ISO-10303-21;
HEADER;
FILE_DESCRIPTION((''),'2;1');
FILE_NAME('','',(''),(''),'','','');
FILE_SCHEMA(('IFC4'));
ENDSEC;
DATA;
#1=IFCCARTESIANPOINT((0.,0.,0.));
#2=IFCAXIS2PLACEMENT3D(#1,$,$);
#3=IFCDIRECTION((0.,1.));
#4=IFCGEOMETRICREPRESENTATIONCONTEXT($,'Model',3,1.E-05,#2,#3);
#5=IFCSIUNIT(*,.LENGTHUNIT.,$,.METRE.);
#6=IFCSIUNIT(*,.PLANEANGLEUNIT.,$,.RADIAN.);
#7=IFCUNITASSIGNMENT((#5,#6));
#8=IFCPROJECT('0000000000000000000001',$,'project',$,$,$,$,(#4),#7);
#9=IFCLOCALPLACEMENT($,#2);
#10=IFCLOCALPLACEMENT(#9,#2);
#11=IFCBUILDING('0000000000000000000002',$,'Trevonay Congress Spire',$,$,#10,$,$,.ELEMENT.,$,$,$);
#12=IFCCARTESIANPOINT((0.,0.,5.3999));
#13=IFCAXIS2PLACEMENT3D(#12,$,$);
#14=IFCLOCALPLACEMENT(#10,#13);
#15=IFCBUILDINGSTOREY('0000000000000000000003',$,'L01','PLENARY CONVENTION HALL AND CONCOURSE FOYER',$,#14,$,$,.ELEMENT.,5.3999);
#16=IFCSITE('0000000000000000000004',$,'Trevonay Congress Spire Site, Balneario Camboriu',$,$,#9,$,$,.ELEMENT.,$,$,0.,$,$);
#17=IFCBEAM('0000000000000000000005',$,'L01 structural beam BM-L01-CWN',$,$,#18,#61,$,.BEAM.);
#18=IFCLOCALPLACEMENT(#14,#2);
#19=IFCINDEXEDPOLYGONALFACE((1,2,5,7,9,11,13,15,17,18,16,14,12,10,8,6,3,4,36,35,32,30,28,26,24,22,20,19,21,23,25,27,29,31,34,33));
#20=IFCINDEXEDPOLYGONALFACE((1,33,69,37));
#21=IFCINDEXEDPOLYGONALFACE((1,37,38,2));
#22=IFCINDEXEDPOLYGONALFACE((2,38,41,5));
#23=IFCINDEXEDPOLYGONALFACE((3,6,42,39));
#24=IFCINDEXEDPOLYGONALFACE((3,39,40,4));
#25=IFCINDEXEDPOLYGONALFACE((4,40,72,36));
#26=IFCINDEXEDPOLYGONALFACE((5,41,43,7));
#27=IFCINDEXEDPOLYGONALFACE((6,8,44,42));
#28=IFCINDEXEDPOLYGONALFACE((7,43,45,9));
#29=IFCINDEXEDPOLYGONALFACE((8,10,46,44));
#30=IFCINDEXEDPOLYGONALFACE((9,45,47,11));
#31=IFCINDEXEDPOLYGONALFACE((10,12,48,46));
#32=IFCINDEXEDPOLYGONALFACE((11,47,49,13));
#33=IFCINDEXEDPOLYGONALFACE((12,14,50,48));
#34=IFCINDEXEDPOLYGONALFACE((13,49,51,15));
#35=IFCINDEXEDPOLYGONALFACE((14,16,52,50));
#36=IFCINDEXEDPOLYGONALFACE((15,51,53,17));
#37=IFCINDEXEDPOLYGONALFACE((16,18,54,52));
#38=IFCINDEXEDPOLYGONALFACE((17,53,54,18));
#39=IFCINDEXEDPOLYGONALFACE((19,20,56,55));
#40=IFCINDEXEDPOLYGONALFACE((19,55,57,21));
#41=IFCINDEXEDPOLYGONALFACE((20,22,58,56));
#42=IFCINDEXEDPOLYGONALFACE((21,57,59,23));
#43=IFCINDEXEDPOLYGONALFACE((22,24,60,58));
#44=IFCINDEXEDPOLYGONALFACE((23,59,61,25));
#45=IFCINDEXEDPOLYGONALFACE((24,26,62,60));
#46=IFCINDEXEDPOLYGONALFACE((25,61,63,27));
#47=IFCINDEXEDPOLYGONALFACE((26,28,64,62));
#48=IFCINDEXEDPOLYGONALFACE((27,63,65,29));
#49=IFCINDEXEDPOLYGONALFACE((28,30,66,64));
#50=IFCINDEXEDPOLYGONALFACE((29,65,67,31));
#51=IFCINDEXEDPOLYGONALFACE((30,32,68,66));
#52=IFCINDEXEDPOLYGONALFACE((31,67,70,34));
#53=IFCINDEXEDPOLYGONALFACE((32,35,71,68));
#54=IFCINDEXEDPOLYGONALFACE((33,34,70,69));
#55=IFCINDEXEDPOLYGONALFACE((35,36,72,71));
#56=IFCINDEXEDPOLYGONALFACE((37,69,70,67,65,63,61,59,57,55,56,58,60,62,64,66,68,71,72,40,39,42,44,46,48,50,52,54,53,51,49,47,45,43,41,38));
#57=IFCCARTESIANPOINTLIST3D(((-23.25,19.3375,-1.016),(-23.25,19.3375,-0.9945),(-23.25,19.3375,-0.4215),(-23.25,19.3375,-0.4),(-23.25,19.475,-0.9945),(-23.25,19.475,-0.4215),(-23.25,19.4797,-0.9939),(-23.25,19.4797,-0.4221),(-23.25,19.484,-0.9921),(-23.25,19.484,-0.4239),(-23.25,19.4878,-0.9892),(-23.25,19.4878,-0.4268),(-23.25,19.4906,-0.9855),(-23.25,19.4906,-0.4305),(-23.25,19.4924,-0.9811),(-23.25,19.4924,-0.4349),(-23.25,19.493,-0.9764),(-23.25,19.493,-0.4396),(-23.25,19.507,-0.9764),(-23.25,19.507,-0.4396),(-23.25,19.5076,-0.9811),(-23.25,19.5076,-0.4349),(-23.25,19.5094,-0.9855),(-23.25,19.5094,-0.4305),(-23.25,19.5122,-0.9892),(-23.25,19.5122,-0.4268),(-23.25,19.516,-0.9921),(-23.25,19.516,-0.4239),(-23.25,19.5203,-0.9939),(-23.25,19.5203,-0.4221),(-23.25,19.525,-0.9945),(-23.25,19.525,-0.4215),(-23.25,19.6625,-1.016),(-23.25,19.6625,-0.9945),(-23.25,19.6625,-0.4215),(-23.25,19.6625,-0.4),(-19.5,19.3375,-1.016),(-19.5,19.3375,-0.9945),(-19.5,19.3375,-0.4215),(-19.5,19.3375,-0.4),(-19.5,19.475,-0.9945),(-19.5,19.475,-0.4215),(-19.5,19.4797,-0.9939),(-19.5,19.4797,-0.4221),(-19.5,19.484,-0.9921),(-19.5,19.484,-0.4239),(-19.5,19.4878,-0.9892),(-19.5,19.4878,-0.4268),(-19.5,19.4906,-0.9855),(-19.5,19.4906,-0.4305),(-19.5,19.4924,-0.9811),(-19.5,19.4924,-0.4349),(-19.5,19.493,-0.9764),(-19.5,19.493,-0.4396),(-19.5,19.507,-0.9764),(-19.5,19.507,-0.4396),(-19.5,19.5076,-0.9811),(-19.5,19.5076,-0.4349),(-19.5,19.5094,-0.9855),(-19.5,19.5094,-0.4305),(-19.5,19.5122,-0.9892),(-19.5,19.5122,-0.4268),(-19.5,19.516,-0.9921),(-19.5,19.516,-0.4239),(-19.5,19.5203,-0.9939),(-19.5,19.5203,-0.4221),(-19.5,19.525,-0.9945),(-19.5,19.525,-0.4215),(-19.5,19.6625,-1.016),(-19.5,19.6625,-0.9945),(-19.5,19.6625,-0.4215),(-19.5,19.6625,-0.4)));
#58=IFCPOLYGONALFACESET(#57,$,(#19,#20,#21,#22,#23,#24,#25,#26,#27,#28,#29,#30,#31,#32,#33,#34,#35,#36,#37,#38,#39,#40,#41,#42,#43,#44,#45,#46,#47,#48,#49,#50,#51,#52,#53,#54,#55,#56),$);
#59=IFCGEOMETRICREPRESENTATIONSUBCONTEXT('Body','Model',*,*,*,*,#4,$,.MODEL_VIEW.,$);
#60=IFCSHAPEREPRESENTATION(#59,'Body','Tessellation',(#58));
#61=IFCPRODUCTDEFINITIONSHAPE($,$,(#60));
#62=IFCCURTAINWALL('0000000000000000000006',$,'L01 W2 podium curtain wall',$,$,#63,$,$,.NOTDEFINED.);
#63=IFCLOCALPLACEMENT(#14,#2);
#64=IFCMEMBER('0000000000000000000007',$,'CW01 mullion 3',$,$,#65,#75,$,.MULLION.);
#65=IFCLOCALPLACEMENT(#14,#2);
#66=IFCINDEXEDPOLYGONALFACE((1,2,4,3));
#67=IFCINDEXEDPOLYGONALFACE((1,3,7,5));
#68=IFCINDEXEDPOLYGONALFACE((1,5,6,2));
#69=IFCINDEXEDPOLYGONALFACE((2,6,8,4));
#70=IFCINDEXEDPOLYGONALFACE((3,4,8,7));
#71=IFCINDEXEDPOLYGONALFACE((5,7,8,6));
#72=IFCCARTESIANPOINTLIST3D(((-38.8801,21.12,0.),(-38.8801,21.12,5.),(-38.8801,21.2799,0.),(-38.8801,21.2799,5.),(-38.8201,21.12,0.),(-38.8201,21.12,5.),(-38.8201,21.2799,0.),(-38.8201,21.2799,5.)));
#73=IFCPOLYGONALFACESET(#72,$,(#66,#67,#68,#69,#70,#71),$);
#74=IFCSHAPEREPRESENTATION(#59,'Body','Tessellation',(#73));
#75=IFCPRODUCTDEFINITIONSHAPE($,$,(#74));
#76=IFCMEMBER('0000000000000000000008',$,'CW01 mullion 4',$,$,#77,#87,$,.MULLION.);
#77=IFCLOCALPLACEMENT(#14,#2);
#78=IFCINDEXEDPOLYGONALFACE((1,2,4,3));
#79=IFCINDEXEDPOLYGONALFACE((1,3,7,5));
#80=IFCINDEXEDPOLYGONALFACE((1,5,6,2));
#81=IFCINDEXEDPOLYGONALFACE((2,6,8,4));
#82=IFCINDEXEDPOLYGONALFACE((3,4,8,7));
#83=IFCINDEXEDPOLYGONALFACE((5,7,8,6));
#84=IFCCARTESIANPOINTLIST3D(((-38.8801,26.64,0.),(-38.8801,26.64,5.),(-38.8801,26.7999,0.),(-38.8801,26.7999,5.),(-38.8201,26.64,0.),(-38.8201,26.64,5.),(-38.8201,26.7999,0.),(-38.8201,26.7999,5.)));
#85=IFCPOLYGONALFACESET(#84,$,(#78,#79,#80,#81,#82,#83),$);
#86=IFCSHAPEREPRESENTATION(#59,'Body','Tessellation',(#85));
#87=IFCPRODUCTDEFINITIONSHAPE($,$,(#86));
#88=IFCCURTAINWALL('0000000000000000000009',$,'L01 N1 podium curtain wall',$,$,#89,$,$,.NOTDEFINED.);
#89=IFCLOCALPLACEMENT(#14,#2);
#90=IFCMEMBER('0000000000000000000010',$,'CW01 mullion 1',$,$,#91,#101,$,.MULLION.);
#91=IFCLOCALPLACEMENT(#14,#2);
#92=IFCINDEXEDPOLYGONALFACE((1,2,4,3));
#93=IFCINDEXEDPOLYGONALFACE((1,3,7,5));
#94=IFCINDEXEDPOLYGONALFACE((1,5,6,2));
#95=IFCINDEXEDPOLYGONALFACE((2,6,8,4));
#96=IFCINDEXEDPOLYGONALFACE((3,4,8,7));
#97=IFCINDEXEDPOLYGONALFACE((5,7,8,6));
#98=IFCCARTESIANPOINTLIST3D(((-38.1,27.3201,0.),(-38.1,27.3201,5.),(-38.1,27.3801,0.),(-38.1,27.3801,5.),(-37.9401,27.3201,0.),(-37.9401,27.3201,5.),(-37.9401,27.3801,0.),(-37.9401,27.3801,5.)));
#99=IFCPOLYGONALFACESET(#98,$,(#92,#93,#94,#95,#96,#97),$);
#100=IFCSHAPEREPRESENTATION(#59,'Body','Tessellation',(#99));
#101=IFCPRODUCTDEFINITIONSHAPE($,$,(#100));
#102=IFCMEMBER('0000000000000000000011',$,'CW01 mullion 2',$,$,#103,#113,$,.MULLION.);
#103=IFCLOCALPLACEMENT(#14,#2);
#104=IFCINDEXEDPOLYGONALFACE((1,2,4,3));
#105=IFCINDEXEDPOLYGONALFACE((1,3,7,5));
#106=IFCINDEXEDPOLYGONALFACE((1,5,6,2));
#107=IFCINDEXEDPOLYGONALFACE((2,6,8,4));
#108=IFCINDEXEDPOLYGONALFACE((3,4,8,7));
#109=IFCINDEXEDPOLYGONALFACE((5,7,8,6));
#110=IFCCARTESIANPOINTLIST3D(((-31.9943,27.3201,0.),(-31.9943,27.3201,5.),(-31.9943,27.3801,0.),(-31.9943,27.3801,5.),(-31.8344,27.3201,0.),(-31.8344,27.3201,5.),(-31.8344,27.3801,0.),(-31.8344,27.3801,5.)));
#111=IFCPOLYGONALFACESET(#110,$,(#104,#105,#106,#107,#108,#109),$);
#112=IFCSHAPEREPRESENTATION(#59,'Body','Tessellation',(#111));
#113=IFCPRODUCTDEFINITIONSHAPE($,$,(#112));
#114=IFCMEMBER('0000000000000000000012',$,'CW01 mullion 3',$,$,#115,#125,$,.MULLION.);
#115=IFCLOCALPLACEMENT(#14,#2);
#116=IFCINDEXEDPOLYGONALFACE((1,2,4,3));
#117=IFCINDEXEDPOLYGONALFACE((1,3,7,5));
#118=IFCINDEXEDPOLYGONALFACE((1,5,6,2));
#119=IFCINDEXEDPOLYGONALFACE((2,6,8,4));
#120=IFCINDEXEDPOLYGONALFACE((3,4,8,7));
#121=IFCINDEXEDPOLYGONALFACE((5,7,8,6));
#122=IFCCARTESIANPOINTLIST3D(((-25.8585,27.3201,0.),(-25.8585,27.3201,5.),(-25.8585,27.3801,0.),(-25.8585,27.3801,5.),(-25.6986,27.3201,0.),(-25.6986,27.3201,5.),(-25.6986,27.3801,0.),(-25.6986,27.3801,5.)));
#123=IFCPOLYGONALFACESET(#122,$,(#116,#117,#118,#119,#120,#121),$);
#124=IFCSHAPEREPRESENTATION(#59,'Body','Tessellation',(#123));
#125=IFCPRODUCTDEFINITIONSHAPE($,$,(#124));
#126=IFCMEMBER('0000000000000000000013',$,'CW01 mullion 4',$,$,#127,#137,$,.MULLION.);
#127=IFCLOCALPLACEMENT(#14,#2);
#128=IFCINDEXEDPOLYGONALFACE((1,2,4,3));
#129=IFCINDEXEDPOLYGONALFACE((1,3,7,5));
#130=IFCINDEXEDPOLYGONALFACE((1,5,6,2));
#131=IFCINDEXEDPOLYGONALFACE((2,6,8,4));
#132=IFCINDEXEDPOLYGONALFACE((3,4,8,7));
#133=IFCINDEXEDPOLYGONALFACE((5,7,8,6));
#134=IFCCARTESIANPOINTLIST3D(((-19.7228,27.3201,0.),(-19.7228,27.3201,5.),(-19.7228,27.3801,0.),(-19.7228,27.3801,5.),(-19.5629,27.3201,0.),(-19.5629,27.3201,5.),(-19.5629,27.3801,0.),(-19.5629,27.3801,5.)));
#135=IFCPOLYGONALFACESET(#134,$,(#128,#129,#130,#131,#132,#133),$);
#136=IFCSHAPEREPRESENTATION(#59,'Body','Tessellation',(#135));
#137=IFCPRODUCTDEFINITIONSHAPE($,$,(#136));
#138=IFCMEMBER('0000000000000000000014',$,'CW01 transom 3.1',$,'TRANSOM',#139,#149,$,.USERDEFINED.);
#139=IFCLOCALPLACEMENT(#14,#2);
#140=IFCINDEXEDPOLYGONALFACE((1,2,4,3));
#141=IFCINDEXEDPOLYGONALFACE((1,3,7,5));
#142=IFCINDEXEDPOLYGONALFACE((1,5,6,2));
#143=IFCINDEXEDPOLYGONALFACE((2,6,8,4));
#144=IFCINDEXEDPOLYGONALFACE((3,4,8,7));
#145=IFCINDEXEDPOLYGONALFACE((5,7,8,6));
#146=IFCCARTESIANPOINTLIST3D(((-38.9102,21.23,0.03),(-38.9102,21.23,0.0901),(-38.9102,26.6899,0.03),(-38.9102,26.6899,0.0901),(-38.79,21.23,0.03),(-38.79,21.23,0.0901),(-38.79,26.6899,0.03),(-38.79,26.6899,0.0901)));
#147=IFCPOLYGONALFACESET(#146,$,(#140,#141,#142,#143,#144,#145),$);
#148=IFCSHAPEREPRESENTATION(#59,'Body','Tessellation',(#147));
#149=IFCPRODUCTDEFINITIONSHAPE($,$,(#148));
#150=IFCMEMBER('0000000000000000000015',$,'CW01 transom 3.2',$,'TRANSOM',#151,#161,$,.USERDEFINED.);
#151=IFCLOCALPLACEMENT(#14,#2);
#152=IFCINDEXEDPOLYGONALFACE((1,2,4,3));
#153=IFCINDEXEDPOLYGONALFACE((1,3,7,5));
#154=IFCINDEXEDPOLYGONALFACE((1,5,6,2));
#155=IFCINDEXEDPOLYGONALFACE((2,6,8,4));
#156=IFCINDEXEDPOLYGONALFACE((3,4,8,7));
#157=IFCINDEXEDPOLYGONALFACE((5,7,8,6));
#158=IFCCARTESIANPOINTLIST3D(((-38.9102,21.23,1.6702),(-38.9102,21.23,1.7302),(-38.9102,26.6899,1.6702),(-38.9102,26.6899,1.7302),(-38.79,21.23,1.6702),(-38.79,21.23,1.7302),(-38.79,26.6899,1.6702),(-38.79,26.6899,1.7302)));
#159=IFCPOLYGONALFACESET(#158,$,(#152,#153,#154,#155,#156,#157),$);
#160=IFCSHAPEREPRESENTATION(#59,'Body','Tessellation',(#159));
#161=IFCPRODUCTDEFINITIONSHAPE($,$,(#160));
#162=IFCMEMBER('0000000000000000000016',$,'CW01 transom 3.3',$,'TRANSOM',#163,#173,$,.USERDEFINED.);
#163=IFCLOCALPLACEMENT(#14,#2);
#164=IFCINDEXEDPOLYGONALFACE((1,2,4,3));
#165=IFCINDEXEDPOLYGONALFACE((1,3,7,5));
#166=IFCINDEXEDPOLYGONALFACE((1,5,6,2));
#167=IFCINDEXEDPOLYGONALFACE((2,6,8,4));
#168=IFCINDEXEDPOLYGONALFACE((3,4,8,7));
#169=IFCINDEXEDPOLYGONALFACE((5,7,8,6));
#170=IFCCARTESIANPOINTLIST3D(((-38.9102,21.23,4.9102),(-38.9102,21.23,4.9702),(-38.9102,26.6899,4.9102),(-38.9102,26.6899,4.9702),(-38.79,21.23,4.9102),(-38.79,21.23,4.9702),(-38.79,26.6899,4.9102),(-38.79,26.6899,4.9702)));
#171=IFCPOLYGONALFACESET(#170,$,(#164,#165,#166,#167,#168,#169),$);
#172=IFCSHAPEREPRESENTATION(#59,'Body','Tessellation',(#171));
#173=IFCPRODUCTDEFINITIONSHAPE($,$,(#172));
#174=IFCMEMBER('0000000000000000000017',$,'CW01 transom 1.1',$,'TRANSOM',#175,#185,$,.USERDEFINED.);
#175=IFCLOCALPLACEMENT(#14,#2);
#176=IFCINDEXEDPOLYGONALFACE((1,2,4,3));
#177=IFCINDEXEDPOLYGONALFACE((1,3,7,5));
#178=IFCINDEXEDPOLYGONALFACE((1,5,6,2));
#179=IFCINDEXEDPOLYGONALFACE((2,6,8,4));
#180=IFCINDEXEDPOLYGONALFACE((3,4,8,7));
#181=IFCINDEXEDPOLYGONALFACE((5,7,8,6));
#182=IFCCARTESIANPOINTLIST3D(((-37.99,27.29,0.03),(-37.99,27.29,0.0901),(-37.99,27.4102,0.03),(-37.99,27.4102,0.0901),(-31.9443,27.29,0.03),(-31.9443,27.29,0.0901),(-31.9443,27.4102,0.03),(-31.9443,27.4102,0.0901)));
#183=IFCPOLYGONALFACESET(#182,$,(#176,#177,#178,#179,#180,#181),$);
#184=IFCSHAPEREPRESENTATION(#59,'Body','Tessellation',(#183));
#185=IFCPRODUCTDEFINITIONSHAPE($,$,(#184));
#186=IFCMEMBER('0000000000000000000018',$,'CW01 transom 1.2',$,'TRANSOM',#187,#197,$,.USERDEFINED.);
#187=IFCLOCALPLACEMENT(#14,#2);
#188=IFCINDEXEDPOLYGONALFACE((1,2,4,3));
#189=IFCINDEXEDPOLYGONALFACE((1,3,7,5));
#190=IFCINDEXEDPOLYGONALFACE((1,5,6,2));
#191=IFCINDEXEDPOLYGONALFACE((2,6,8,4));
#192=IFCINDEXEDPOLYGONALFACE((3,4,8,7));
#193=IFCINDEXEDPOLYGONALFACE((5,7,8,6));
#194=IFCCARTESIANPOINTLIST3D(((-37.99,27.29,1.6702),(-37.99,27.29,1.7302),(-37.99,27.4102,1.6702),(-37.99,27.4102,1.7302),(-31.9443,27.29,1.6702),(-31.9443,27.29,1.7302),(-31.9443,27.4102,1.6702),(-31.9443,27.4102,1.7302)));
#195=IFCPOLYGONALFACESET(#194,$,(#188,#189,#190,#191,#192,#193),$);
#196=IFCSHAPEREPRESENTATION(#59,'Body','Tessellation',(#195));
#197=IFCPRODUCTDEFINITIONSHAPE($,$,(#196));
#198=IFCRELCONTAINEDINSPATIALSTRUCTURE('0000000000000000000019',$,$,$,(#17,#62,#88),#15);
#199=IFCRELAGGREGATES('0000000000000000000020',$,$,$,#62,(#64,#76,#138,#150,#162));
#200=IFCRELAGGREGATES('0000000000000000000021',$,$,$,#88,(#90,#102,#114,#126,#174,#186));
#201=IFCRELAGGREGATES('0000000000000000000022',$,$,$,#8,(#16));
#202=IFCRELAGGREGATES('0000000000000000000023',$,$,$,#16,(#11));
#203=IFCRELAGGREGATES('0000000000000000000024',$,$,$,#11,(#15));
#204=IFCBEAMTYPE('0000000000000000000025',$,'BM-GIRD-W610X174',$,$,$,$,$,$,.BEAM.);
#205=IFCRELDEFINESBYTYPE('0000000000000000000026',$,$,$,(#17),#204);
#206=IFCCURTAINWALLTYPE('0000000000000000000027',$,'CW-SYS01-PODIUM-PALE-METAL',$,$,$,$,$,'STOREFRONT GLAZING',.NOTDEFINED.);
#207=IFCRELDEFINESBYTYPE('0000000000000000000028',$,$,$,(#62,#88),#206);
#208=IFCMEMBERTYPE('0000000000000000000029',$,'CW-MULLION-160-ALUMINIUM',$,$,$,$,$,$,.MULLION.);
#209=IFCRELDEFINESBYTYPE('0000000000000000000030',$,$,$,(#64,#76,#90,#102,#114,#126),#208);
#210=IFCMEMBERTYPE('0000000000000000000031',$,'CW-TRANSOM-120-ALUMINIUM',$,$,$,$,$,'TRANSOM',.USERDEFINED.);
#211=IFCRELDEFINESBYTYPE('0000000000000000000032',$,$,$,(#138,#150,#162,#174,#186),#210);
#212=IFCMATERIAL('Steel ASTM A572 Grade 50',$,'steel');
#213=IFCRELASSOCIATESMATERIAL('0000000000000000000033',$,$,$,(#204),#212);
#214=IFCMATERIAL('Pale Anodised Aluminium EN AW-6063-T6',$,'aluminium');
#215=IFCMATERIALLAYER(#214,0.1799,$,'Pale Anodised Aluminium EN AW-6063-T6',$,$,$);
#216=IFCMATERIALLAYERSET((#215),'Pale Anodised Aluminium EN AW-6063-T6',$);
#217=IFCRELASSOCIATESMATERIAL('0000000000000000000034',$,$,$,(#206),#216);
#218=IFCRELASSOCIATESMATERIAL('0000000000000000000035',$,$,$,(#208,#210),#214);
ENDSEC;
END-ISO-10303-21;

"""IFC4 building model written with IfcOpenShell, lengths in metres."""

from ifc_helpers import new_model, si_unit, direction, frame, origin, origin_2d, place, context, subcontext, project, spatial, rectangle, i_section, extrude, material, layer, layer_set, material_profile, profile_set, type_object, element, aggregate, save


model = new_model("IFC4")

# Units and contexts
model_context = context("Model", 3, precision=1e-05, world=origin(), true_north=direction((0.0, 1.0)))
body_context = subcontext(model_context, "Body", "Model", "MODEL_VIEW")
ifc_project = project(units=[si_unit("LENGTHUNIT", "METRE"), si_unit("PLANEANGLEUNIT", "RADIAN")], contexts=[model_context])

# Site, building, storey
site_placement = place(None, origin())
site = spatial("IfcSite", under=ifc_project, at=site_placement, Name="Trevonay Congress Spire Site, Balneario Camboriu", CompositionType="ELEMENT", RefElevation=0.0)
building_placement = place(site_placement, origin())
building = spatial("IfcBuilding", under=site, at=building_placement, Name="Trevonay Congress Spire", CompositionType="ELEMENT")
storey_placement = place(building_placement, frame((0.0, 0.0, 5.3999)))
storey = spatial("IfcBuildingStorey", under=building, at=storey_placement, Name="L01", Description="PLENARY CONVENTION HALL AND CONCOURSE FOYER", CompositionType="ELEMENT", Elevation=5.3999)

# Beam
ifc_material_1 = material(Name="Steel ASTM A572 Grade 50", Category="steel")
ifc_material_profile_1 = material_profile(ifc_material_1, i_section(OverallWidth=0.325, OverallDepth=0.616, WebThickness=0.0139, FlangeThickness=0.0215, FilletRadius=0.0181, at=origin_2d()), Name="W610x174")
ifc_profile_set_1 = profile_set([ifc_material_profile_1], Name="Steel ASTM A572 Grade 50")
beam_type = type_object("IfcBeamType", Name="BM-GIRD-W610X174", PredefinedType="BEAM", material=ifc_profile_set_1)
beam_placement = place(storey_placement, frame((-23.25, 19.5, -0.708), z_axis=(1.0, 0.0, 0.0), x_axis=(0.0, 1.0, 0.0)))
element("IfcBeam", 1, at=beam_placement, inside=storey, type_object=beam_type, Name="L01 structural beam BM-L01-CWN", PredefinedType="BEAM", context=body_context, shape_type="SweptSolid", body=[
    extrude(i_section(OverallWidth=0.325, OverallDepth=0.616, WebThickness=0.0139, FlangeThickness=0.0215, FilletRadius=0.0181, at=origin_2d()), origin(), (0.0, 0.0, 1.0), 3.75),
])

# Curtain walls, members
ifc_material_2 = material(Name="Pale Anodised Aluminium EN AW-6063-T6", Category="aluminium")
ifc_layer_1 = layer(ifc_material_2, 0.1799, Name="Pale Anodised Aluminium EN AW-6063-T6")
ifc_layer_set_1 = layer_set([ifc_layer_1], Name="Pale Anodised Aluminium EN AW-6063-T6")
curtain_wall_type = type_object("IfcCurtainWallType", Name="CW-SYS01-PODIUM-PALE-METAL", ElementType="STOREFRONT GLAZING", PredefinedType="NOTDEFINED", material=ifc_layer_set_1)
curtain_wall_1_placement = place(storey_placement, origin())
curtain_wall_1 = element("IfcCurtainWall", 2, at=curtain_wall_1_placement, inside=storey, type_object=curtain_wall_type, Name="L01 W2 podium curtain wall", PredefinedType="NOTDEFINED")
ifc_material_profile_2 = material_profile(ifc_material_2, rectangle(XDim=0.0601, YDim=0.1599, at=origin_2d()), Name="CW-MULLION-160-ALUMINIUM")
ifc_profile_set_2 = profile_set([ifc_material_profile_2], Name="Pale Anodised Aluminium EN AW-6063-T6")
member_type_1 = type_object("IfcMemberType", Name="CW-MULLION-160-ALUMINIUM", PredefinedType="MULLION", material=ifc_profile_set_2)
member_1_placement = place(storey_placement, frame((-38.8501, 21.2, 0.0), z_axis=(0.0, 0.0, 1.0), x_axis=(-1.0, 0.0, 0.0)))
member_1 = element("IfcMember", 3, at=member_1_placement, type_object=member_type_1, Name="CW01 mullion 3", PredefinedType="MULLION", context=body_context, shape_type="SweptSolid", body=[
    extrude(rectangle(XDim=0.0601, YDim=0.1599, at=origin_2d()), origin(), (0.0, 0.0, 1.0), 5.0),
])
member_2_placement = place(storey_placement, frame((-38.8501, 26.72, 0.0), z_axis=(0.0, 0.0, 1.0), x_axis=(-1.0, 0.0, 0.0)))
member_2 = element("IfcMember", 4, at=member_2_placement, type_object=member_type_1, Name="CW01 mullion 4", PredefinedType="MULLION", context=body_context, shape_type="SweptSolid", body=[
    extrude(rectangle(XDim=0.0601, YDim=0.1599, at=origin_2d()), origin(), (0.0, 0.0, 1.0), 5.0),
])
curtain_wall_2_placement = place(storey_placement, origin())
curtain_wall_2 = element("IfcCurtainWall", 5, at=curtain_wall_2_placement, inside=storey, type_object=curtain_wall_type, Name="L01 N1 podium curtain wall", PredefinedType="NOTDEFINED")
member_3_placement = place(storey_placement, frame((-38.02, 27.3501, 0.0), z_axis=(0.0, 0.0, 1.0), x_axis=(0.0, 1.0, 0.0)))
member_3 = element("IfcMember", 6, at=member_3_placement, type_object=member_type_1, Name="CW01 mullion 1", PredefinedType="MULLION", context=body_context, shape_type="SweptSolid", body=[
    extrude(rectangle(XDim=0.0601, YDim=0.1599, at=origin_2d()), origin(), (0.0, 0.0, 1.0), 5.0),
])
member_4_placement = place(storey_placement, frame((-31.9143, 27.3501, 0.0), z_axis=(0.0, 0.0, 1.0), x_axis=(0.0, 1.0, 0.0)))
member_4 = element("IfcMember", 7, at=member_4_placement, type_object=member_type_1, Name="CW01 mullion 2", PredefinedType="MULLION", context=body_context, shape_type="SweptSolid", body=[
    extrude(rectangle(XDim=0.0601, YDim=0.1599, at=origin_2d()), origin(), (0.0, 0.0, 1.0), 5.0),
])
member_5_placement = place(storey_placement, frame((-25.7786, 27.3501, 0.0), z_axis=(0.0, 0.0, 1.0), x_axis=(0.0, 1.0, 0.0)))
member_5 = element("IfcMember", 8, at=member_5_placement, type_object=member_type_1, Name="CW01 mullion 3", PredefinedType="MULLION", context=body_context, shape_type="SweptSolid", body=[
    extrude(rectangle(XDim=0.0601, YDim=0.1599, at=origin_2d()), origin(), (0.0, 0.0, 1.0), 5.0),
])
member_6_placement = place(storey_placement, frame((-19.6428, 27.3501, 0.0), z_axis=(0.0, 0.0, 1.0), x_axis=(0.0, 1.0, 0.0)))
member_6 = element("IfcMember", 9, at=member_6_placement, type_object=member_type_1, Name="CW01 mullion 4", PredefinedType="MULLION", context=body_context, shape_type="SweptSolid", body=[
    extrude(rectangle(XDim=0.0601, YDim=0.1599, at=origin_2d()), origin(), (0.0, 0.0, 1.0), 5.0),
])

# Members
ifc_material_profile_3 = material_profile(ifc_material_2, rectangle(XDim=0.1201, YDim=0.0601, at=origin_2d()), Name="CW-TRANSOM-120-ALUMINIUM")
ifc_profile_set_3 = profile_set([ifc_material_profile_3], Name="Pale Anodised Aluminium EN AW-6063-T6")
member_type_2 = type_object("IfcMemberType", Name="CW-TRANSOM-120-ALUMINIUM", ElementType="TRANSOM", PredefinedType="USERDEFINED", material=ifc_profile_set_3)
member_7_placement = place(storey_placement, frame((-38.8501, 21.23, 0.0601), z_axis=(0.0, 1.0, 0.0), x_axis=(-1.0, 0.0, 0.0)))
member_7 = element("IfcMember", 10, at=member_7_placement, type_object=member_type_2, Name="CW01 transom 3.1", ObjectType="TRANSOM", PredefinedType="USERDEFINED", context=body_context, shape_type="SweptSolid", body=[
    extrude(rectangle(XDim=0.1201, YDim=0.0601, at=origin_2d()), origin(), (0.0, 0.0, 1.0), 5.46),
])
member_8_placement = place(storey_placement, frame((-38.8501, 21.23, 1.7002), z_axis=(0.0, 1.0, 0.0), x_axis=(-1.0, 0.0, 0.0)))
member_8 = element("IfcMember", 11, at=member_8_placement, type_object=member_type_2, Name="CW01 transom 3.2", ObjectType="TRANSOM", PredefinedType="USERDEFINED", context=body_context, shape_type="SweptSolid", body=[
    extrude(rectangle(XDim=0.1201, YDim=0.0601, at=origin_2d()), origin(), (0.0, 0.0, 1.0), 5.46),
])
member_9_placement = place(storey_placement, frame((-38.8501, 21.23, 4.9402), z_axis=(0.0, 1.0, 0.0), x_axis=(-1.0, 0.0, 0.0)))
member_9 = element("IfcMember", 12, at=member_9_placement, type_object=member_type_2, Name="CW01 transom 3.3", ObjectType="TRANSOM", PredefinedType="USERDEFINED", context=body_context, shape_type="SweptSolid", body=[
    extrude(rectangle(XDim=0.1201, YDim=0.0601, at=origin_2d()), origin(), (0.0, 0.0, 1.0), 5.46),
])
member_10_placement = place(storey_placement, frame((-37.99, 27.3501, 0.0601), z_axis=(1.0, 0.0, 0.0), x_axis=(0.0, 1.0, 0.0)))
member_10 = element("IfcMember", 13, at=member_10_placement, type_object=member_type_2, Name="CW01 transom 1.1", ObjectType="TRANSOM", PredefinedType="USERDEFINED", context=body_context, shape_type="SweptSolid", body=[
    extrude(rectangle(XDim=0.1201, YDim=0.0601, at=origin_2d()), origin(), (0.0, 0.0, 1.0), 6.0457),
])
member_11_placement = place(storey_placement, frame((-37.99, 27.3501, 1.7002), z_axis=(1.0, 0.0, 0.0), x_axis=(0.0, 1.0, 0.0)))
member_11 = element("IfcMember", 14, at=member_11_placement, type_object=member_type_2, Name="CW01 transom 1.2", ObjectType="TRANSOM", PredefinedType="USERDEFINED", context=body_context, shape_type="SweptSolid", body=[
    extrude(rectangle(XDim=0.1201, YDim=0.0601, at=origin_2d()), origin(), (0.0, 0.0, 1.0), 6.0457),
])

aggregate(curtain_wall_1, [member_1, member_2, member_7, member_8, member_9])
aggregate(curtain_wall_2, [member_3, member_4, member_5, member_6, member_10, member_11])

save(model, "model.ifc")
